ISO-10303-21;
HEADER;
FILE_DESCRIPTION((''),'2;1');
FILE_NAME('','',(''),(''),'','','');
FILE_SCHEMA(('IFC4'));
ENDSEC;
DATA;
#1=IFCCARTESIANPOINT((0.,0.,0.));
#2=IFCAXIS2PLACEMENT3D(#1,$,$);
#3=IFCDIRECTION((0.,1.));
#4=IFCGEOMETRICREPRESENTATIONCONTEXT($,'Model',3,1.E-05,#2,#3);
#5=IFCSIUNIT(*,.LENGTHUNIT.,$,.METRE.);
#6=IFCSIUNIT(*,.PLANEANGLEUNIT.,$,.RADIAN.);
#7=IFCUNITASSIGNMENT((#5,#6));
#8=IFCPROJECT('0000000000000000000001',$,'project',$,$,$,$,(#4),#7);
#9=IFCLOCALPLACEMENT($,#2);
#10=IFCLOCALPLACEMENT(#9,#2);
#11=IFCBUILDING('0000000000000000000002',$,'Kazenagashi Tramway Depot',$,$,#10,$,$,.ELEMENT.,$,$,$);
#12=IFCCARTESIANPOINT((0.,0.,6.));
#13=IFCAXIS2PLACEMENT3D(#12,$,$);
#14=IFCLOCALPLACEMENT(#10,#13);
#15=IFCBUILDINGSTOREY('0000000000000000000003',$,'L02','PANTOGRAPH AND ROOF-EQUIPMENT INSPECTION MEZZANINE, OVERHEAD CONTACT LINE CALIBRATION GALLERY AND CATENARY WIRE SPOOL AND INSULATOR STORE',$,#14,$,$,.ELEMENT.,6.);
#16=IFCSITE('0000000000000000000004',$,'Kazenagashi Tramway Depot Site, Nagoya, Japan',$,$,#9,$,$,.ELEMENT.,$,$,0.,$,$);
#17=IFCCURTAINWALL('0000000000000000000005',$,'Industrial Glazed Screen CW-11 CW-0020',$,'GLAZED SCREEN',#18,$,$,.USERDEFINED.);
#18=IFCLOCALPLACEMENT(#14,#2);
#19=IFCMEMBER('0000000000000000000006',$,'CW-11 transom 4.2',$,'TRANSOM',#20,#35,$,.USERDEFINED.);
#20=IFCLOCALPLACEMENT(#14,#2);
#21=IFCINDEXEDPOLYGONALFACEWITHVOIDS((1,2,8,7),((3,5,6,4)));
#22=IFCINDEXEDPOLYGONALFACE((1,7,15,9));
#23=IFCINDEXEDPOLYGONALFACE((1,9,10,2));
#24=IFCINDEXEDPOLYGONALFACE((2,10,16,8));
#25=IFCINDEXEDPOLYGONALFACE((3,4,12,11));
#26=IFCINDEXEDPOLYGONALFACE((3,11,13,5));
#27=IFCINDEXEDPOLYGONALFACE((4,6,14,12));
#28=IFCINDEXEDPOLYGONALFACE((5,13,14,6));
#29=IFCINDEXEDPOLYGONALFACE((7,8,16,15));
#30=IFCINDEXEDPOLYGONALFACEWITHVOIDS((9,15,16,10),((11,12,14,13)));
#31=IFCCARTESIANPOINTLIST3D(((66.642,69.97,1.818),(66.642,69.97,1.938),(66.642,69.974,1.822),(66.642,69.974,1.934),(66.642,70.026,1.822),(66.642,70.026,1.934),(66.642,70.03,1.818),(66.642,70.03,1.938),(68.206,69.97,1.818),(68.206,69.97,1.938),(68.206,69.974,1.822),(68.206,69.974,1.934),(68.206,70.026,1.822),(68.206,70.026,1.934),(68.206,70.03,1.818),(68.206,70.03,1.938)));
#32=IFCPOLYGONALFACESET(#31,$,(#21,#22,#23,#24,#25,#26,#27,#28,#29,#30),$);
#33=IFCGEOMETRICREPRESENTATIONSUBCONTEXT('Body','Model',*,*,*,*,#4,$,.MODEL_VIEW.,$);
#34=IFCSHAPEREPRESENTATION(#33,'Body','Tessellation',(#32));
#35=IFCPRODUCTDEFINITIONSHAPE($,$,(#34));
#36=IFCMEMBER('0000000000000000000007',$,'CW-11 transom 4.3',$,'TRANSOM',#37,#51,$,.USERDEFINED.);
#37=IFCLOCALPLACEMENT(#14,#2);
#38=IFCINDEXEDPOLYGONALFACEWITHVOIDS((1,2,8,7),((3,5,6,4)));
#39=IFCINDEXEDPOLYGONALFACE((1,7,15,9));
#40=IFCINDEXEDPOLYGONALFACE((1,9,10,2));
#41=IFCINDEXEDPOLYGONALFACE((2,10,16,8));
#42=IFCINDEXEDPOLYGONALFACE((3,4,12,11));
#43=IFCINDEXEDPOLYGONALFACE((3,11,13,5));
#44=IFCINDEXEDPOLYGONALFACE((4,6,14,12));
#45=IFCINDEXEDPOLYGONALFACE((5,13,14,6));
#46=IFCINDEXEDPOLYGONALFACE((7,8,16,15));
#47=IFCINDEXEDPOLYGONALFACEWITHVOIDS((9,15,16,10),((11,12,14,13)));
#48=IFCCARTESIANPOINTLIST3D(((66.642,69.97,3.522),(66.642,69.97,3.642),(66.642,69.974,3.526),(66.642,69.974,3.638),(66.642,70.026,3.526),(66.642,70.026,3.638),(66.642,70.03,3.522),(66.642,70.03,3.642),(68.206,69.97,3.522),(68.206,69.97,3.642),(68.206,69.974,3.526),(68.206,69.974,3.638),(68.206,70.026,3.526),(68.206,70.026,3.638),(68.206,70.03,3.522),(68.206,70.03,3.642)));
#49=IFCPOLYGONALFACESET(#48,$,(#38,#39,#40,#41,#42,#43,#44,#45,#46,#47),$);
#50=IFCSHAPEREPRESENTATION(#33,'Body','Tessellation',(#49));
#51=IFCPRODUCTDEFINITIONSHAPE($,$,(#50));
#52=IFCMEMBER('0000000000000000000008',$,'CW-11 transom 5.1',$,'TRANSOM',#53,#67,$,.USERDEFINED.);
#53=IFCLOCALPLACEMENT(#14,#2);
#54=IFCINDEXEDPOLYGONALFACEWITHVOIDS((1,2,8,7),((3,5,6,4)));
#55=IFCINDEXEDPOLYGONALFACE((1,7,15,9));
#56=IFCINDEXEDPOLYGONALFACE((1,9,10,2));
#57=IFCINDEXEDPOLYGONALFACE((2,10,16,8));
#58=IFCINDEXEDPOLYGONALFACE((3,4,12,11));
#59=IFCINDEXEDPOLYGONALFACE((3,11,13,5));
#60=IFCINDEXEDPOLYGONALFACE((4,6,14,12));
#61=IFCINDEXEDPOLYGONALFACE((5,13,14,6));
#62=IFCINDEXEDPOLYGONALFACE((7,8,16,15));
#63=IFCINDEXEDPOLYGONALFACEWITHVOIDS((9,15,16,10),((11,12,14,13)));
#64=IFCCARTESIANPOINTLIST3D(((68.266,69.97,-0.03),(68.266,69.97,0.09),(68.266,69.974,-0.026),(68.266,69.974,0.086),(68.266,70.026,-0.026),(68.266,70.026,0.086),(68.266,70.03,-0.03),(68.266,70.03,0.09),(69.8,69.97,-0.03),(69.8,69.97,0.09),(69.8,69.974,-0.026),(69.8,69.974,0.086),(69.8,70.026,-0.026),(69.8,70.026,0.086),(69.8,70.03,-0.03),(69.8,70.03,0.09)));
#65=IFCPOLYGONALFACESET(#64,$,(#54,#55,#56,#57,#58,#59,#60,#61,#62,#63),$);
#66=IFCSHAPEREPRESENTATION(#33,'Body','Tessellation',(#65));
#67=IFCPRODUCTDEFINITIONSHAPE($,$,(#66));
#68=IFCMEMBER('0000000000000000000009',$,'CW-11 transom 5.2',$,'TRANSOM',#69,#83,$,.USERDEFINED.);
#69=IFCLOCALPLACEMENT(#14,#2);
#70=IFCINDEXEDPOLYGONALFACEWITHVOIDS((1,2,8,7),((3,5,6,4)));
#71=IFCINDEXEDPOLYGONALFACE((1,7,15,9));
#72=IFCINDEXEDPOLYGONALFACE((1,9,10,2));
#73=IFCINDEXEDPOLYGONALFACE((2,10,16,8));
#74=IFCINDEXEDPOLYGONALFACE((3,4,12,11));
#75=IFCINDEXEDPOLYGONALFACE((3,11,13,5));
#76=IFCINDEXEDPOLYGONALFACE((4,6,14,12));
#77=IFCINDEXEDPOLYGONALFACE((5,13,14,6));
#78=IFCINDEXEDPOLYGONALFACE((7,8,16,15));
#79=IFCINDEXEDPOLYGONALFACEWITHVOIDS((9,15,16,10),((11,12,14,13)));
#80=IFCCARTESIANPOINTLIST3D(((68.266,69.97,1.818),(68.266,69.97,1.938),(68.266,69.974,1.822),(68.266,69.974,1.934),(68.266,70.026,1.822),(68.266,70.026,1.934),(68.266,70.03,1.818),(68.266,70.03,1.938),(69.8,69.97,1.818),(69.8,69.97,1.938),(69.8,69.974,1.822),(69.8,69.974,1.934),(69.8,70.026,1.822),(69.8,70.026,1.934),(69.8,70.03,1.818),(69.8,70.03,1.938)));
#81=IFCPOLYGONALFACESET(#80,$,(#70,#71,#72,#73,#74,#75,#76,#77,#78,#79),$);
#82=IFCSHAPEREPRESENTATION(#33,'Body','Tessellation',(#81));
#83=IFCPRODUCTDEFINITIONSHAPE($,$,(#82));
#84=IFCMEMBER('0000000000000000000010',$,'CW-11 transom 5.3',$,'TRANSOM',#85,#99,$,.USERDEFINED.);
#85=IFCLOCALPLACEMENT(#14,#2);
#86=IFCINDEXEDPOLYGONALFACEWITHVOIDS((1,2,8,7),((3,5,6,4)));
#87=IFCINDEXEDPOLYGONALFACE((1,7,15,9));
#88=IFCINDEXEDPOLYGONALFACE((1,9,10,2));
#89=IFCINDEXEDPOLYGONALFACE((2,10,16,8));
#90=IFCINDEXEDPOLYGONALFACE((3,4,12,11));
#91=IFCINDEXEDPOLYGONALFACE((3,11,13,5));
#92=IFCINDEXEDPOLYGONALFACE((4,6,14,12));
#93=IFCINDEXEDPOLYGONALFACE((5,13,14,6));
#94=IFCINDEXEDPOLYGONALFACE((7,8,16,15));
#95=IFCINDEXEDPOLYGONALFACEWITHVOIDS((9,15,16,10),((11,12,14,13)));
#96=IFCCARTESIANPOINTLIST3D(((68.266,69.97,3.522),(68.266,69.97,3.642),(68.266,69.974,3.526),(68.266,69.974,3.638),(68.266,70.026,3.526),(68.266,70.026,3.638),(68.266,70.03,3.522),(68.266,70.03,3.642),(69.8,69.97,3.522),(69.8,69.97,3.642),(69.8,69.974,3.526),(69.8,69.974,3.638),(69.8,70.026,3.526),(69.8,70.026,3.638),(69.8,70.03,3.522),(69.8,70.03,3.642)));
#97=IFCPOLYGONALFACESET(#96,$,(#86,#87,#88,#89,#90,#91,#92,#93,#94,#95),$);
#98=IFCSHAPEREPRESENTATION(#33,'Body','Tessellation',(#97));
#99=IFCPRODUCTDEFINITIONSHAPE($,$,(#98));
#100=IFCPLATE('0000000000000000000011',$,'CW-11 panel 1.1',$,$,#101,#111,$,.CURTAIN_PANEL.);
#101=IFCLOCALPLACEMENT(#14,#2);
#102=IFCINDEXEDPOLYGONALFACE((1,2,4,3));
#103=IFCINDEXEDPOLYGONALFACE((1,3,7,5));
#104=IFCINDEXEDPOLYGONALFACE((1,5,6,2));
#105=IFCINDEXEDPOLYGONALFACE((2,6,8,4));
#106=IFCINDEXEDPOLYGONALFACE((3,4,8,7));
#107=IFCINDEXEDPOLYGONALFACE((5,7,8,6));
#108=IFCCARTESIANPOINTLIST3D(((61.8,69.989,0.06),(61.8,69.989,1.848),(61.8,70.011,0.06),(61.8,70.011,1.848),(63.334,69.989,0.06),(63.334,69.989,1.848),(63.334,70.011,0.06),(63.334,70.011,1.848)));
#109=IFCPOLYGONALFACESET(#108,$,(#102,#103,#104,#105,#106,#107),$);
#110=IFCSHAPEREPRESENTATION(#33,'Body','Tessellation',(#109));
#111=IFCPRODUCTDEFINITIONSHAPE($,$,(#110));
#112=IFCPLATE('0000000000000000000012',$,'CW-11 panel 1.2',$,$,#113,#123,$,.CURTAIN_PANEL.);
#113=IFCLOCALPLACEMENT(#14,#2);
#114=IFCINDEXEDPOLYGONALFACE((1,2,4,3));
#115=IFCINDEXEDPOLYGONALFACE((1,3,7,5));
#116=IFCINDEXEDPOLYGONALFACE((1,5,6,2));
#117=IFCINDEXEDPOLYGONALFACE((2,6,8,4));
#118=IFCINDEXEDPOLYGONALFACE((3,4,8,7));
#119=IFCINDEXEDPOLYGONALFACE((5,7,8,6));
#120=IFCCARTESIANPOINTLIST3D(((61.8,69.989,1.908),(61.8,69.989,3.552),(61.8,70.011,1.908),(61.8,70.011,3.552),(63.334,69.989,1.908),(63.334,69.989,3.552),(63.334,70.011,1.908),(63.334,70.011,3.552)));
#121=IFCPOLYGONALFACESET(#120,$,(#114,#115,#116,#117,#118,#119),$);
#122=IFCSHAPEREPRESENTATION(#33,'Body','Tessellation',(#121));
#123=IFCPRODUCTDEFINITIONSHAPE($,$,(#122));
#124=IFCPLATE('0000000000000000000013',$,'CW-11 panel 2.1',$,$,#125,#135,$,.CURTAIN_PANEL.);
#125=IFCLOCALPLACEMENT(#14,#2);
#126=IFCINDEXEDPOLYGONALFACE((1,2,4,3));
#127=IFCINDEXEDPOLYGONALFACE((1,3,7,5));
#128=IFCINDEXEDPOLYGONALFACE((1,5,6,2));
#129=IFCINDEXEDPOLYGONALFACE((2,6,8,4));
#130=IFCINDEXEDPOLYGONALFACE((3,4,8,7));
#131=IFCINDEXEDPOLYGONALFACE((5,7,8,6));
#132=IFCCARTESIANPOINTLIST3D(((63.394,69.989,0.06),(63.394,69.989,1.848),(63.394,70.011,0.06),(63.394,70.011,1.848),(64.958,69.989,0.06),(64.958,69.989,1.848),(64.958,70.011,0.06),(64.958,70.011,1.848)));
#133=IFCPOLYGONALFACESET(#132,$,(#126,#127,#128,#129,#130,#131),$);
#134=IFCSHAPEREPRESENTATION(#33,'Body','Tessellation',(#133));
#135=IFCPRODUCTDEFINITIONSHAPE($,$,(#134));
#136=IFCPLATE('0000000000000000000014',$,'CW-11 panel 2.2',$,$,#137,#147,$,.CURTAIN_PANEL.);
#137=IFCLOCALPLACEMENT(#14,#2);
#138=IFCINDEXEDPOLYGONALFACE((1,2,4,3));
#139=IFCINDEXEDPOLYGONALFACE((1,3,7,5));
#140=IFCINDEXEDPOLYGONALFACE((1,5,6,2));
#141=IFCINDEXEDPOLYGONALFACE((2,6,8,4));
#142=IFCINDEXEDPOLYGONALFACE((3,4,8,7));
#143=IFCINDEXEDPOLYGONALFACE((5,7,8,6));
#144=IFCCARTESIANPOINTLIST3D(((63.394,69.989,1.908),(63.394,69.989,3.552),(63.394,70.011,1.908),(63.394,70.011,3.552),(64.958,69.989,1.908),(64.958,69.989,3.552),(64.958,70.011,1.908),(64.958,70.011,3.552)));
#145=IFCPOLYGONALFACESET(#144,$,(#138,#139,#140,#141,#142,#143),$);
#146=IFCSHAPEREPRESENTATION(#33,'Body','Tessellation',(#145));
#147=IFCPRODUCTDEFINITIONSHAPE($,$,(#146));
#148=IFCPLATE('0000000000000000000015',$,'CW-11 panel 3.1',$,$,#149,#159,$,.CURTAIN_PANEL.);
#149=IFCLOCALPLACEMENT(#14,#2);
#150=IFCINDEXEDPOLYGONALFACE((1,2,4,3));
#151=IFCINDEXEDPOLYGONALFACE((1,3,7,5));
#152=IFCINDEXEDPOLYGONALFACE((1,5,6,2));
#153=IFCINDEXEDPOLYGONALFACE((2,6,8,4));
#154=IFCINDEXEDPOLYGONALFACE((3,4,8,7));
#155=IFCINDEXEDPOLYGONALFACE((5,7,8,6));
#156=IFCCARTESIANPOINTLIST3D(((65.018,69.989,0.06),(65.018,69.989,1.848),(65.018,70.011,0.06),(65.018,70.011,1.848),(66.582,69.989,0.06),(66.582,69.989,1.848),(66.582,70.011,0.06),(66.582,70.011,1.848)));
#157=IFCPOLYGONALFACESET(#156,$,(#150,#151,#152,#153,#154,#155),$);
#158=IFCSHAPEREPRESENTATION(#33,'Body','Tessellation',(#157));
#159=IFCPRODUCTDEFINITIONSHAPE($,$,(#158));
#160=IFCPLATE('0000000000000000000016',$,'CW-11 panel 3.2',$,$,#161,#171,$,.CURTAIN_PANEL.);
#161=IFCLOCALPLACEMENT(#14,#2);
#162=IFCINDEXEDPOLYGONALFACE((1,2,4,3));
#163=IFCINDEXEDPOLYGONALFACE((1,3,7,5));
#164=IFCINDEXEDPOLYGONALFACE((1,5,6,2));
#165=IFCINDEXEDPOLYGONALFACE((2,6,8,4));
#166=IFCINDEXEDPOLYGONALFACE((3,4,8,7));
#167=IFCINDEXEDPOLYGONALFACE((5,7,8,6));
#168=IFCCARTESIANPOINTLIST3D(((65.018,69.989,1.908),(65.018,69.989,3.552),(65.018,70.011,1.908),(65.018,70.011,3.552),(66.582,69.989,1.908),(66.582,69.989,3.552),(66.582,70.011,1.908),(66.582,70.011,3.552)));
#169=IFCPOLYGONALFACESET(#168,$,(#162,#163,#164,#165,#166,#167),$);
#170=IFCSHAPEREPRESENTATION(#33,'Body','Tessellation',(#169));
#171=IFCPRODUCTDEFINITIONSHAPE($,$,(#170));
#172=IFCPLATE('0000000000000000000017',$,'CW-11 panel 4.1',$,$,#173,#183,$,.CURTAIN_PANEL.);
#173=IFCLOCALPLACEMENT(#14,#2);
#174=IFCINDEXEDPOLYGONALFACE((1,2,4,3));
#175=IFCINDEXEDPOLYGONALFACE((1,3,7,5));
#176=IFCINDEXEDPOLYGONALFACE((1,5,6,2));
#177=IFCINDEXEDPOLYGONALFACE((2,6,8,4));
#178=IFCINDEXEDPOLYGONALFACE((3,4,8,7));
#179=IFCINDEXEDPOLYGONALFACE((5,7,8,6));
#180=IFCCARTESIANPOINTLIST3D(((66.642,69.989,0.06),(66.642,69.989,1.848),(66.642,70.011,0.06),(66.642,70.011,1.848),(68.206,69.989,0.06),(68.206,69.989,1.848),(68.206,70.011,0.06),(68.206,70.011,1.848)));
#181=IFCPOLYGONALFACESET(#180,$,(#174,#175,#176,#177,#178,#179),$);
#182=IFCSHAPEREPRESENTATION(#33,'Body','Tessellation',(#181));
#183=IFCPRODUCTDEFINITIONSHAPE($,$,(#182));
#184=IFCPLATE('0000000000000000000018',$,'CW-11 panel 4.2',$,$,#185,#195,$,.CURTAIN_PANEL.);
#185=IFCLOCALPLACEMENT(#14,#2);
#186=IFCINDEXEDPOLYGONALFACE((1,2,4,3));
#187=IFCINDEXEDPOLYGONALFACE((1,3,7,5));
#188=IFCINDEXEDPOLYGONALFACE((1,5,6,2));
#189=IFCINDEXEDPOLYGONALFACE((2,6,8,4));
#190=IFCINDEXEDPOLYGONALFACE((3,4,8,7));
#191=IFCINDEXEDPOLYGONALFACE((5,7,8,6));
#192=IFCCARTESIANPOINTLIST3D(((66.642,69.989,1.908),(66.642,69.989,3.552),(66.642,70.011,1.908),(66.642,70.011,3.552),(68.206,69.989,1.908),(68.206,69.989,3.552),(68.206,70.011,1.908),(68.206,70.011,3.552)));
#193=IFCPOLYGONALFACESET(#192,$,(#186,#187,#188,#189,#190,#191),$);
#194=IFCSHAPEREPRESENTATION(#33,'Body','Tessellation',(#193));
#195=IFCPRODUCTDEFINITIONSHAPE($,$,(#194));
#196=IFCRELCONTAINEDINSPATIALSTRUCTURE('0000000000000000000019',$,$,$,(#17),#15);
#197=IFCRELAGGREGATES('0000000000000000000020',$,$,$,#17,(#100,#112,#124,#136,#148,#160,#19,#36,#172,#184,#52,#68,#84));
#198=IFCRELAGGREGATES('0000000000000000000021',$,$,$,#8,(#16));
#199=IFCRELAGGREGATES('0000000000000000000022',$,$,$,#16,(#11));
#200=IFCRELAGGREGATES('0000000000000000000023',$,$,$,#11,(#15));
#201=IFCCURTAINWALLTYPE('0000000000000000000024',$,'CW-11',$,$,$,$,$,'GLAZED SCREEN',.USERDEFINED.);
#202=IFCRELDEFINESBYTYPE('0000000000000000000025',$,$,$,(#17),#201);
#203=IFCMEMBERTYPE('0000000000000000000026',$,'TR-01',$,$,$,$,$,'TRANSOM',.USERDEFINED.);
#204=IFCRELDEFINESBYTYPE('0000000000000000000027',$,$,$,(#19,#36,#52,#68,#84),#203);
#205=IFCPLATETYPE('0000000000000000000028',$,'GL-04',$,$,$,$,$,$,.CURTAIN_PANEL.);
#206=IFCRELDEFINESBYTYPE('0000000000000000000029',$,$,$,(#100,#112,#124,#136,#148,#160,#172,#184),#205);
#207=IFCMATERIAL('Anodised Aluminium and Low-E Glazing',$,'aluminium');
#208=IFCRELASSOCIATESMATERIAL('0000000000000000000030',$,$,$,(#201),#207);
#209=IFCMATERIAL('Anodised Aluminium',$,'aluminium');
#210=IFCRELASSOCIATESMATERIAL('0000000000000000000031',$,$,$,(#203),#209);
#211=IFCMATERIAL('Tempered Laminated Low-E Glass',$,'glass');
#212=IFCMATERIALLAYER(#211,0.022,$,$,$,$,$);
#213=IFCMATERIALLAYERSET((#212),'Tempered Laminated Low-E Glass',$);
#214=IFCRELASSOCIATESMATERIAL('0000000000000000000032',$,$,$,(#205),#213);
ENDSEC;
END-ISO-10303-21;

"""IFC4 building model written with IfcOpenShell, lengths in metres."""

from ifc_helpers import new_model, si_unit, direction, frame, origin, origin_2d, place, context, subcontext, project, spatial, rectangle, hollow_rectangle, extrude, material, layer, layer_set, material_profile, profile_set, type_object, element, aggregate, save


model = new_model("IFC4")

# Units and contexts
model_context = context("Model", 3, precision=1e-05, world=origin(), true_north=direction((0.0, 1.0)))
body_context = subcontext(model_context, "Body", "Model", "MODEL_VIEW")
ifc_project = project(units=[si_unit("LENGTHUNIT", "METRE"), si_unit("PLANEANGLEUNIT", "RADIAN")], contexts=[model_context])

# Site, building, storey
site_placement = place(None, origin())
site = spatial("IfcSite", under=ifc_project, at=site_placement, Name="Kazenagashi Tramway Depot Site, Nagoya, Japan", CompositionType="ELEMENT", RefElevation=0.0)
building_placement = place(site_placement, origin())
building = spatial("IfcBuilding", under=site, at=building_placement, Name="Kazenagashi Tramway Depot", CompositionType="ELEMENT")
storey_placement = place(building_placement, frame((0.0, 0.0, 6.0)))
storey = spatial("IfcBuildingStorey", under=building, at=storey_placement, Name="L02", Description="PANTOGRAPH AND ROOF-EQUIPMENT INSPECTION MEZZANINE, OVERHEAD CONTACT LINE CALIBRATION GALLERY AND CATENARY WIRE SPOOL AND INSULATOR STORE", CompositionType="ELEMENT", Elevation=6.0)

# Curtain wall
ifc_material_1 = material(Name="Anodised Aluminium and Low-E Glazing", Category="aluminium")
curtain_wall_type = type_object("IfcCurtainWallType", Name="CW-11", ElementType="GLAZED SCREEN", PredefinedType="USERDEFINED", material=ifc_material_1)
curtain_wall_placement = place(storey_placement, origin())
curtain_wall = element("IfcCurtainWall", 1, at=curtain_wall_placement, inside=storey, type_object=curtain_wall_type, Name="Industrial Glazed Screen CW-11 CW-0020", ObjectType="GLAZED SCREEN", PredefinedType="USERDEFINED")
ifc_material_2 = material(Name="Anodised Aluminium", Category="aluminium")

# Members
ifc_material_profile_1 = material_profile(ifc_material_2, hollow_rectangle(XDim=0.06, YDim=0.12, WallThickness=0.004, at=origin_2d()), Name="RHS-120x60x4")
ifc_profile_set_1 = profile_set([ifc_material_profile_1], Name="Anodised Aluminium")
member_type_1 = type_object("IfcMemberType", Name="TR-01", ElementType="TRANSOM", PredefinedType="USERDEFINED", material=ifc_profile_set_1)
member_1_placement = place(storey_placement, frame((66.642, 70.0, 1.878), z_axis=(1.0, 0.0, 0.0), x_axis=(0.0, 1.0, 0.0)))
member_1 = element("IfcMember", 2, at=member_1_placement, type_object=member_type_1, Name="CW-11 transom 4.2", ObjectType="TRANSOM", PredefinedType="USERDEFINED", context=body_context, shape_type="SweptSolid", body=[
    extrude(hollow_rectangle(XDim=0.06, YDim=0.12, WallThickness=0.004, at=origin_2d()), origin(), (0.0, 0.0, 1.0), 1.564),
])
member_2_placement = place(storey_placement, frame((66.642, 70.0, 3.582), z_axis=(1.0, 0.0, 0.0), x_axis=(0.0, 1.0, 0.0)))
member_2 = element("IfcMember", 3, at=member_2_placement, type_object=member_type_1, Name="CW-11 transom 4.3", ObjectType="TRANSOM", PredefinedType="USERDEFINED", context=body_context, shape_type="SweptSolid", body=[
    extrude(hollow_rectangle(XDim=0.06, YDim=0.12, WallThickness=0.004, at=origin_2d()), origin(), (0.0, 0.0, 1.0), 1.564),
])
member_3_placement = place(storey_placement, frame((68.266, 70.0, 0.03), z_axis=(1.0, 0.0, 0.0), x_axis=(0.0, 1.0, 0.0)))
member_3 = element("IfcMember", 4, at=member_3_placement, type_object=member_type_1, Name="CW-11 transom 5.1", ObjectType="TRANSOM", PredefinedType="USERDEFINED", context=body_context, shape_type="SweptSolid", body=[
    extrude(hollow_rectangle(XDim=0.06, YDim=0.12, WallThickness=0.004, at=origin_2d()), origin(), (0.0, 0.0, 1.0), 1.534),
])
member_4_placement = place(storey_placement, frame((68.266, 70.0, 1.878), z_axis=(1.0, 0.0, 0.0), x_axis=(0.0, 1.0, 0.0)))
member_4 = element("IfcMember", 5, at=member_4_placement, type_object=member_type_1, Name="CW-11 transom 5.2", ObjectType="TRANSOM", PredefinedType="USERDEFINED", context=body_context, shape_type="SweptSolid", body=[
    extrude(hollow_rectangle(XDim=0.06, YDim=0.12, WallThickness=0.004, at=origin_2d()), origin(), (0.0, 0.0, 1.0), 1.534),
])
member_5_placement = place(storey_placement, frame((68.266, 70.0, 3.582), z_axis=(1.0, 0.0, 0.0), x_axis=(0.0, 1.0, 0.0)))
member_5 = element("IfcMember", 6, at=member_5_placement, type_object=member_type_1, Name="CW-11 transom 5.3", ObjectType="TRANSOM", PredefinedType="USERDEFINED", context=body_context, shape_type="SweptSolid", body=[
    extrude(hollow_rectangle(XDim=0.06, YDim=0.12, WallThickness=0.004, at=origin_2d()), origin(), (0.0, 0.0, 1.0), 1.534),
])

# Plates
ifc_material_3 = material(Name="Tempered Laminated Low-E Glass", Category="glass")
ifc_layer = layer(ifc_material_3, 0.022)
ifc_layer_set = layer_set([ifc_layer], Name="Tempered Laminated Low-E Glass")
plate_type = type_object("IfcPlateType", Name="GL-04", PredefinedType="CURTAIN_PANEL", material=ifc_layer_set)
plate_1_placement = place(storey_placement, frame((62.567, 70.0, 0.06), z_axis=(0.0, 0.0, 1.0), x_axis=(1.0, 0.0, 0.0)))
plate_1 = element("IfcPlate", 7, at=plate_1_placement, type_object=plate_type, Name="CW-11 panel 1.1", PredefinedType="CURTAIN_PANEL", context=body_context, shape_type="SweptSolid", body=[
    extrude(rectangle(XDim=1.534, YDim=0.022, at=origin_2d()), origin(), (0.0, 0.0, 1.0), 1.788),
])
plate_2_placement = place(storey_placement, frame((62.567, 70.0, 1.908), z_axis=(0.0, 0.0, 1.0), x_axis=(1.0, 0.0, 0.0)))
plate_2 = element("IfcPlate", 8, at=plate_2_placement, type_object=plate_type, Name="CW-11 panel 1.2", PredefinedType="CURTAIN_PANEL", context=body_context, shape_type="SweptSolid", body=[
    extrude(rectangle(XDim=1.534, YDim=0.022, at=origin_2d()), origin(), (0.0, 0.0, 1.0), 1.644),
])
plate_3_placement = place(storey_placement, frame((64.176, 70.0, 0.06), z_axis=(0.0, 0.0, 1.0), x_axis=(1.0, 0.0, 0.0)))
plate_3 = element("IfcPlate", 9, at=plate_3_placement, type_object=plate_type, Name="CW-11 panel 2.1", PredefinedType="CURTAIN_PANEL", context=body_context, shape_type="SweptSolid", body=[
    extrude(rectangle(XDim=1.564, YDim=0.022, at=origin_2d()), origin(), (0.0, 0.0, 1.0), 1.788),
])
plate_4_placement = place(storey_placement, frame((64.176, 70.0, 1.908), z_axis=(0.0, 0.0, 1.0), x_axis=(1.0, 0.0, 0.0)))
plate_4 = element("IfcPlate", 10, at=plate_4_placement, type_object=plate_type, Name="CW-11 panel 2.2", PredefinedType="CURTAIN_PANEL", context=body_context, shape_type="SweptSolid", body=[
    extrude(rectangle(XDim=1.564, YDim=0.022, at=origin_2d()), origin(), (0.0, 0.0, 1.0), 1.644),
])
plate_5_placement = place(storey_placement, frame((65.8, 70.0, 0.06), z_axis=(0.0, 0.0, 1.0), x_axis=(1.0, 0.0, 0.0)))
plate_5 = element("IfcPlate", 11, at=plate_5_placement, type_object=plate_type, Name="CW-11 panel 3.1", PredefinedType="CURTAIN_PANEL", context=body_context, shape_type="SweptSolid", body=[
    extrude(rectangle(XDim=1.564, YDim=0.022, at=origin_2d()), origin(), (0.0, 0.0, 1.0), 1.788),
])
plate_6_placement = place(storey_placement, frame((65.8, 70.0, 1.908), z_axis=(0.0, 0.0, 1.0), x_axis=(1.0, 0.0, 0.0)))
plate_6 = element("IfcPlate", 12, at=plate_6_placement, type_object=plate_type, Name="CW-11 panel 3.2", PredefinedType="CURTAIN_PANEL", context=body_context, shape_type="SweptSolid", body=[
    extrude(rectangle(XDim=1.564, YDim=0.022, at=origin_2d()), origin(), (0.0, 0.0, 1.0), 1.644),
])
plate_7_placement = place(storey_placement, frame((67.424, 70.0, 0.06), z_axis=(0.0, 0.0, 1.0), x_axis=(1.0, 0.0, 0.0)))
plate_7 = element("IfcPlate", 13, at=plate_7_placement, type_object=plate_type, Name="CW-11 panel 4.1", PredefinedType="CURTAIN_PANEL", context=body_context, shape_type="SweptSolid", body=[
    extrude(rectangle(XDim=1.564, YDim=0.022, at=origin_2d()), origin(), (0.0, 0.0, 1.0), 1.788),
])
plate_8_placement = place(storey_placement, frame((67.424, 70.0, 1.908), z_axis=(0.0, 0.0, 1.0), x_axis=(1.0, 0.0, 0.0)))
plate_8 = element("IfcPlate", 14, at=plate_8_placement, type_object=plate_type, Name="CW-11 panel 4.2", PredefinedType="CURTAIN_PANEL", context=body_context, shape_type="SweptSolid", body=[
    extrude(rectangle(XDim=1.564, YDim=0.022, at=origin_2d()), origin(), (0.0, 0.0, 1.0), 1.644),
])
aggregate(curtain_wall, [plate_1, plate_2, plate_3, plate_4, plate_5, plate_6, member_1, member_2, plate_7, plate_8, member_3, member_4, member_5])

save(model, "model.ifc")
